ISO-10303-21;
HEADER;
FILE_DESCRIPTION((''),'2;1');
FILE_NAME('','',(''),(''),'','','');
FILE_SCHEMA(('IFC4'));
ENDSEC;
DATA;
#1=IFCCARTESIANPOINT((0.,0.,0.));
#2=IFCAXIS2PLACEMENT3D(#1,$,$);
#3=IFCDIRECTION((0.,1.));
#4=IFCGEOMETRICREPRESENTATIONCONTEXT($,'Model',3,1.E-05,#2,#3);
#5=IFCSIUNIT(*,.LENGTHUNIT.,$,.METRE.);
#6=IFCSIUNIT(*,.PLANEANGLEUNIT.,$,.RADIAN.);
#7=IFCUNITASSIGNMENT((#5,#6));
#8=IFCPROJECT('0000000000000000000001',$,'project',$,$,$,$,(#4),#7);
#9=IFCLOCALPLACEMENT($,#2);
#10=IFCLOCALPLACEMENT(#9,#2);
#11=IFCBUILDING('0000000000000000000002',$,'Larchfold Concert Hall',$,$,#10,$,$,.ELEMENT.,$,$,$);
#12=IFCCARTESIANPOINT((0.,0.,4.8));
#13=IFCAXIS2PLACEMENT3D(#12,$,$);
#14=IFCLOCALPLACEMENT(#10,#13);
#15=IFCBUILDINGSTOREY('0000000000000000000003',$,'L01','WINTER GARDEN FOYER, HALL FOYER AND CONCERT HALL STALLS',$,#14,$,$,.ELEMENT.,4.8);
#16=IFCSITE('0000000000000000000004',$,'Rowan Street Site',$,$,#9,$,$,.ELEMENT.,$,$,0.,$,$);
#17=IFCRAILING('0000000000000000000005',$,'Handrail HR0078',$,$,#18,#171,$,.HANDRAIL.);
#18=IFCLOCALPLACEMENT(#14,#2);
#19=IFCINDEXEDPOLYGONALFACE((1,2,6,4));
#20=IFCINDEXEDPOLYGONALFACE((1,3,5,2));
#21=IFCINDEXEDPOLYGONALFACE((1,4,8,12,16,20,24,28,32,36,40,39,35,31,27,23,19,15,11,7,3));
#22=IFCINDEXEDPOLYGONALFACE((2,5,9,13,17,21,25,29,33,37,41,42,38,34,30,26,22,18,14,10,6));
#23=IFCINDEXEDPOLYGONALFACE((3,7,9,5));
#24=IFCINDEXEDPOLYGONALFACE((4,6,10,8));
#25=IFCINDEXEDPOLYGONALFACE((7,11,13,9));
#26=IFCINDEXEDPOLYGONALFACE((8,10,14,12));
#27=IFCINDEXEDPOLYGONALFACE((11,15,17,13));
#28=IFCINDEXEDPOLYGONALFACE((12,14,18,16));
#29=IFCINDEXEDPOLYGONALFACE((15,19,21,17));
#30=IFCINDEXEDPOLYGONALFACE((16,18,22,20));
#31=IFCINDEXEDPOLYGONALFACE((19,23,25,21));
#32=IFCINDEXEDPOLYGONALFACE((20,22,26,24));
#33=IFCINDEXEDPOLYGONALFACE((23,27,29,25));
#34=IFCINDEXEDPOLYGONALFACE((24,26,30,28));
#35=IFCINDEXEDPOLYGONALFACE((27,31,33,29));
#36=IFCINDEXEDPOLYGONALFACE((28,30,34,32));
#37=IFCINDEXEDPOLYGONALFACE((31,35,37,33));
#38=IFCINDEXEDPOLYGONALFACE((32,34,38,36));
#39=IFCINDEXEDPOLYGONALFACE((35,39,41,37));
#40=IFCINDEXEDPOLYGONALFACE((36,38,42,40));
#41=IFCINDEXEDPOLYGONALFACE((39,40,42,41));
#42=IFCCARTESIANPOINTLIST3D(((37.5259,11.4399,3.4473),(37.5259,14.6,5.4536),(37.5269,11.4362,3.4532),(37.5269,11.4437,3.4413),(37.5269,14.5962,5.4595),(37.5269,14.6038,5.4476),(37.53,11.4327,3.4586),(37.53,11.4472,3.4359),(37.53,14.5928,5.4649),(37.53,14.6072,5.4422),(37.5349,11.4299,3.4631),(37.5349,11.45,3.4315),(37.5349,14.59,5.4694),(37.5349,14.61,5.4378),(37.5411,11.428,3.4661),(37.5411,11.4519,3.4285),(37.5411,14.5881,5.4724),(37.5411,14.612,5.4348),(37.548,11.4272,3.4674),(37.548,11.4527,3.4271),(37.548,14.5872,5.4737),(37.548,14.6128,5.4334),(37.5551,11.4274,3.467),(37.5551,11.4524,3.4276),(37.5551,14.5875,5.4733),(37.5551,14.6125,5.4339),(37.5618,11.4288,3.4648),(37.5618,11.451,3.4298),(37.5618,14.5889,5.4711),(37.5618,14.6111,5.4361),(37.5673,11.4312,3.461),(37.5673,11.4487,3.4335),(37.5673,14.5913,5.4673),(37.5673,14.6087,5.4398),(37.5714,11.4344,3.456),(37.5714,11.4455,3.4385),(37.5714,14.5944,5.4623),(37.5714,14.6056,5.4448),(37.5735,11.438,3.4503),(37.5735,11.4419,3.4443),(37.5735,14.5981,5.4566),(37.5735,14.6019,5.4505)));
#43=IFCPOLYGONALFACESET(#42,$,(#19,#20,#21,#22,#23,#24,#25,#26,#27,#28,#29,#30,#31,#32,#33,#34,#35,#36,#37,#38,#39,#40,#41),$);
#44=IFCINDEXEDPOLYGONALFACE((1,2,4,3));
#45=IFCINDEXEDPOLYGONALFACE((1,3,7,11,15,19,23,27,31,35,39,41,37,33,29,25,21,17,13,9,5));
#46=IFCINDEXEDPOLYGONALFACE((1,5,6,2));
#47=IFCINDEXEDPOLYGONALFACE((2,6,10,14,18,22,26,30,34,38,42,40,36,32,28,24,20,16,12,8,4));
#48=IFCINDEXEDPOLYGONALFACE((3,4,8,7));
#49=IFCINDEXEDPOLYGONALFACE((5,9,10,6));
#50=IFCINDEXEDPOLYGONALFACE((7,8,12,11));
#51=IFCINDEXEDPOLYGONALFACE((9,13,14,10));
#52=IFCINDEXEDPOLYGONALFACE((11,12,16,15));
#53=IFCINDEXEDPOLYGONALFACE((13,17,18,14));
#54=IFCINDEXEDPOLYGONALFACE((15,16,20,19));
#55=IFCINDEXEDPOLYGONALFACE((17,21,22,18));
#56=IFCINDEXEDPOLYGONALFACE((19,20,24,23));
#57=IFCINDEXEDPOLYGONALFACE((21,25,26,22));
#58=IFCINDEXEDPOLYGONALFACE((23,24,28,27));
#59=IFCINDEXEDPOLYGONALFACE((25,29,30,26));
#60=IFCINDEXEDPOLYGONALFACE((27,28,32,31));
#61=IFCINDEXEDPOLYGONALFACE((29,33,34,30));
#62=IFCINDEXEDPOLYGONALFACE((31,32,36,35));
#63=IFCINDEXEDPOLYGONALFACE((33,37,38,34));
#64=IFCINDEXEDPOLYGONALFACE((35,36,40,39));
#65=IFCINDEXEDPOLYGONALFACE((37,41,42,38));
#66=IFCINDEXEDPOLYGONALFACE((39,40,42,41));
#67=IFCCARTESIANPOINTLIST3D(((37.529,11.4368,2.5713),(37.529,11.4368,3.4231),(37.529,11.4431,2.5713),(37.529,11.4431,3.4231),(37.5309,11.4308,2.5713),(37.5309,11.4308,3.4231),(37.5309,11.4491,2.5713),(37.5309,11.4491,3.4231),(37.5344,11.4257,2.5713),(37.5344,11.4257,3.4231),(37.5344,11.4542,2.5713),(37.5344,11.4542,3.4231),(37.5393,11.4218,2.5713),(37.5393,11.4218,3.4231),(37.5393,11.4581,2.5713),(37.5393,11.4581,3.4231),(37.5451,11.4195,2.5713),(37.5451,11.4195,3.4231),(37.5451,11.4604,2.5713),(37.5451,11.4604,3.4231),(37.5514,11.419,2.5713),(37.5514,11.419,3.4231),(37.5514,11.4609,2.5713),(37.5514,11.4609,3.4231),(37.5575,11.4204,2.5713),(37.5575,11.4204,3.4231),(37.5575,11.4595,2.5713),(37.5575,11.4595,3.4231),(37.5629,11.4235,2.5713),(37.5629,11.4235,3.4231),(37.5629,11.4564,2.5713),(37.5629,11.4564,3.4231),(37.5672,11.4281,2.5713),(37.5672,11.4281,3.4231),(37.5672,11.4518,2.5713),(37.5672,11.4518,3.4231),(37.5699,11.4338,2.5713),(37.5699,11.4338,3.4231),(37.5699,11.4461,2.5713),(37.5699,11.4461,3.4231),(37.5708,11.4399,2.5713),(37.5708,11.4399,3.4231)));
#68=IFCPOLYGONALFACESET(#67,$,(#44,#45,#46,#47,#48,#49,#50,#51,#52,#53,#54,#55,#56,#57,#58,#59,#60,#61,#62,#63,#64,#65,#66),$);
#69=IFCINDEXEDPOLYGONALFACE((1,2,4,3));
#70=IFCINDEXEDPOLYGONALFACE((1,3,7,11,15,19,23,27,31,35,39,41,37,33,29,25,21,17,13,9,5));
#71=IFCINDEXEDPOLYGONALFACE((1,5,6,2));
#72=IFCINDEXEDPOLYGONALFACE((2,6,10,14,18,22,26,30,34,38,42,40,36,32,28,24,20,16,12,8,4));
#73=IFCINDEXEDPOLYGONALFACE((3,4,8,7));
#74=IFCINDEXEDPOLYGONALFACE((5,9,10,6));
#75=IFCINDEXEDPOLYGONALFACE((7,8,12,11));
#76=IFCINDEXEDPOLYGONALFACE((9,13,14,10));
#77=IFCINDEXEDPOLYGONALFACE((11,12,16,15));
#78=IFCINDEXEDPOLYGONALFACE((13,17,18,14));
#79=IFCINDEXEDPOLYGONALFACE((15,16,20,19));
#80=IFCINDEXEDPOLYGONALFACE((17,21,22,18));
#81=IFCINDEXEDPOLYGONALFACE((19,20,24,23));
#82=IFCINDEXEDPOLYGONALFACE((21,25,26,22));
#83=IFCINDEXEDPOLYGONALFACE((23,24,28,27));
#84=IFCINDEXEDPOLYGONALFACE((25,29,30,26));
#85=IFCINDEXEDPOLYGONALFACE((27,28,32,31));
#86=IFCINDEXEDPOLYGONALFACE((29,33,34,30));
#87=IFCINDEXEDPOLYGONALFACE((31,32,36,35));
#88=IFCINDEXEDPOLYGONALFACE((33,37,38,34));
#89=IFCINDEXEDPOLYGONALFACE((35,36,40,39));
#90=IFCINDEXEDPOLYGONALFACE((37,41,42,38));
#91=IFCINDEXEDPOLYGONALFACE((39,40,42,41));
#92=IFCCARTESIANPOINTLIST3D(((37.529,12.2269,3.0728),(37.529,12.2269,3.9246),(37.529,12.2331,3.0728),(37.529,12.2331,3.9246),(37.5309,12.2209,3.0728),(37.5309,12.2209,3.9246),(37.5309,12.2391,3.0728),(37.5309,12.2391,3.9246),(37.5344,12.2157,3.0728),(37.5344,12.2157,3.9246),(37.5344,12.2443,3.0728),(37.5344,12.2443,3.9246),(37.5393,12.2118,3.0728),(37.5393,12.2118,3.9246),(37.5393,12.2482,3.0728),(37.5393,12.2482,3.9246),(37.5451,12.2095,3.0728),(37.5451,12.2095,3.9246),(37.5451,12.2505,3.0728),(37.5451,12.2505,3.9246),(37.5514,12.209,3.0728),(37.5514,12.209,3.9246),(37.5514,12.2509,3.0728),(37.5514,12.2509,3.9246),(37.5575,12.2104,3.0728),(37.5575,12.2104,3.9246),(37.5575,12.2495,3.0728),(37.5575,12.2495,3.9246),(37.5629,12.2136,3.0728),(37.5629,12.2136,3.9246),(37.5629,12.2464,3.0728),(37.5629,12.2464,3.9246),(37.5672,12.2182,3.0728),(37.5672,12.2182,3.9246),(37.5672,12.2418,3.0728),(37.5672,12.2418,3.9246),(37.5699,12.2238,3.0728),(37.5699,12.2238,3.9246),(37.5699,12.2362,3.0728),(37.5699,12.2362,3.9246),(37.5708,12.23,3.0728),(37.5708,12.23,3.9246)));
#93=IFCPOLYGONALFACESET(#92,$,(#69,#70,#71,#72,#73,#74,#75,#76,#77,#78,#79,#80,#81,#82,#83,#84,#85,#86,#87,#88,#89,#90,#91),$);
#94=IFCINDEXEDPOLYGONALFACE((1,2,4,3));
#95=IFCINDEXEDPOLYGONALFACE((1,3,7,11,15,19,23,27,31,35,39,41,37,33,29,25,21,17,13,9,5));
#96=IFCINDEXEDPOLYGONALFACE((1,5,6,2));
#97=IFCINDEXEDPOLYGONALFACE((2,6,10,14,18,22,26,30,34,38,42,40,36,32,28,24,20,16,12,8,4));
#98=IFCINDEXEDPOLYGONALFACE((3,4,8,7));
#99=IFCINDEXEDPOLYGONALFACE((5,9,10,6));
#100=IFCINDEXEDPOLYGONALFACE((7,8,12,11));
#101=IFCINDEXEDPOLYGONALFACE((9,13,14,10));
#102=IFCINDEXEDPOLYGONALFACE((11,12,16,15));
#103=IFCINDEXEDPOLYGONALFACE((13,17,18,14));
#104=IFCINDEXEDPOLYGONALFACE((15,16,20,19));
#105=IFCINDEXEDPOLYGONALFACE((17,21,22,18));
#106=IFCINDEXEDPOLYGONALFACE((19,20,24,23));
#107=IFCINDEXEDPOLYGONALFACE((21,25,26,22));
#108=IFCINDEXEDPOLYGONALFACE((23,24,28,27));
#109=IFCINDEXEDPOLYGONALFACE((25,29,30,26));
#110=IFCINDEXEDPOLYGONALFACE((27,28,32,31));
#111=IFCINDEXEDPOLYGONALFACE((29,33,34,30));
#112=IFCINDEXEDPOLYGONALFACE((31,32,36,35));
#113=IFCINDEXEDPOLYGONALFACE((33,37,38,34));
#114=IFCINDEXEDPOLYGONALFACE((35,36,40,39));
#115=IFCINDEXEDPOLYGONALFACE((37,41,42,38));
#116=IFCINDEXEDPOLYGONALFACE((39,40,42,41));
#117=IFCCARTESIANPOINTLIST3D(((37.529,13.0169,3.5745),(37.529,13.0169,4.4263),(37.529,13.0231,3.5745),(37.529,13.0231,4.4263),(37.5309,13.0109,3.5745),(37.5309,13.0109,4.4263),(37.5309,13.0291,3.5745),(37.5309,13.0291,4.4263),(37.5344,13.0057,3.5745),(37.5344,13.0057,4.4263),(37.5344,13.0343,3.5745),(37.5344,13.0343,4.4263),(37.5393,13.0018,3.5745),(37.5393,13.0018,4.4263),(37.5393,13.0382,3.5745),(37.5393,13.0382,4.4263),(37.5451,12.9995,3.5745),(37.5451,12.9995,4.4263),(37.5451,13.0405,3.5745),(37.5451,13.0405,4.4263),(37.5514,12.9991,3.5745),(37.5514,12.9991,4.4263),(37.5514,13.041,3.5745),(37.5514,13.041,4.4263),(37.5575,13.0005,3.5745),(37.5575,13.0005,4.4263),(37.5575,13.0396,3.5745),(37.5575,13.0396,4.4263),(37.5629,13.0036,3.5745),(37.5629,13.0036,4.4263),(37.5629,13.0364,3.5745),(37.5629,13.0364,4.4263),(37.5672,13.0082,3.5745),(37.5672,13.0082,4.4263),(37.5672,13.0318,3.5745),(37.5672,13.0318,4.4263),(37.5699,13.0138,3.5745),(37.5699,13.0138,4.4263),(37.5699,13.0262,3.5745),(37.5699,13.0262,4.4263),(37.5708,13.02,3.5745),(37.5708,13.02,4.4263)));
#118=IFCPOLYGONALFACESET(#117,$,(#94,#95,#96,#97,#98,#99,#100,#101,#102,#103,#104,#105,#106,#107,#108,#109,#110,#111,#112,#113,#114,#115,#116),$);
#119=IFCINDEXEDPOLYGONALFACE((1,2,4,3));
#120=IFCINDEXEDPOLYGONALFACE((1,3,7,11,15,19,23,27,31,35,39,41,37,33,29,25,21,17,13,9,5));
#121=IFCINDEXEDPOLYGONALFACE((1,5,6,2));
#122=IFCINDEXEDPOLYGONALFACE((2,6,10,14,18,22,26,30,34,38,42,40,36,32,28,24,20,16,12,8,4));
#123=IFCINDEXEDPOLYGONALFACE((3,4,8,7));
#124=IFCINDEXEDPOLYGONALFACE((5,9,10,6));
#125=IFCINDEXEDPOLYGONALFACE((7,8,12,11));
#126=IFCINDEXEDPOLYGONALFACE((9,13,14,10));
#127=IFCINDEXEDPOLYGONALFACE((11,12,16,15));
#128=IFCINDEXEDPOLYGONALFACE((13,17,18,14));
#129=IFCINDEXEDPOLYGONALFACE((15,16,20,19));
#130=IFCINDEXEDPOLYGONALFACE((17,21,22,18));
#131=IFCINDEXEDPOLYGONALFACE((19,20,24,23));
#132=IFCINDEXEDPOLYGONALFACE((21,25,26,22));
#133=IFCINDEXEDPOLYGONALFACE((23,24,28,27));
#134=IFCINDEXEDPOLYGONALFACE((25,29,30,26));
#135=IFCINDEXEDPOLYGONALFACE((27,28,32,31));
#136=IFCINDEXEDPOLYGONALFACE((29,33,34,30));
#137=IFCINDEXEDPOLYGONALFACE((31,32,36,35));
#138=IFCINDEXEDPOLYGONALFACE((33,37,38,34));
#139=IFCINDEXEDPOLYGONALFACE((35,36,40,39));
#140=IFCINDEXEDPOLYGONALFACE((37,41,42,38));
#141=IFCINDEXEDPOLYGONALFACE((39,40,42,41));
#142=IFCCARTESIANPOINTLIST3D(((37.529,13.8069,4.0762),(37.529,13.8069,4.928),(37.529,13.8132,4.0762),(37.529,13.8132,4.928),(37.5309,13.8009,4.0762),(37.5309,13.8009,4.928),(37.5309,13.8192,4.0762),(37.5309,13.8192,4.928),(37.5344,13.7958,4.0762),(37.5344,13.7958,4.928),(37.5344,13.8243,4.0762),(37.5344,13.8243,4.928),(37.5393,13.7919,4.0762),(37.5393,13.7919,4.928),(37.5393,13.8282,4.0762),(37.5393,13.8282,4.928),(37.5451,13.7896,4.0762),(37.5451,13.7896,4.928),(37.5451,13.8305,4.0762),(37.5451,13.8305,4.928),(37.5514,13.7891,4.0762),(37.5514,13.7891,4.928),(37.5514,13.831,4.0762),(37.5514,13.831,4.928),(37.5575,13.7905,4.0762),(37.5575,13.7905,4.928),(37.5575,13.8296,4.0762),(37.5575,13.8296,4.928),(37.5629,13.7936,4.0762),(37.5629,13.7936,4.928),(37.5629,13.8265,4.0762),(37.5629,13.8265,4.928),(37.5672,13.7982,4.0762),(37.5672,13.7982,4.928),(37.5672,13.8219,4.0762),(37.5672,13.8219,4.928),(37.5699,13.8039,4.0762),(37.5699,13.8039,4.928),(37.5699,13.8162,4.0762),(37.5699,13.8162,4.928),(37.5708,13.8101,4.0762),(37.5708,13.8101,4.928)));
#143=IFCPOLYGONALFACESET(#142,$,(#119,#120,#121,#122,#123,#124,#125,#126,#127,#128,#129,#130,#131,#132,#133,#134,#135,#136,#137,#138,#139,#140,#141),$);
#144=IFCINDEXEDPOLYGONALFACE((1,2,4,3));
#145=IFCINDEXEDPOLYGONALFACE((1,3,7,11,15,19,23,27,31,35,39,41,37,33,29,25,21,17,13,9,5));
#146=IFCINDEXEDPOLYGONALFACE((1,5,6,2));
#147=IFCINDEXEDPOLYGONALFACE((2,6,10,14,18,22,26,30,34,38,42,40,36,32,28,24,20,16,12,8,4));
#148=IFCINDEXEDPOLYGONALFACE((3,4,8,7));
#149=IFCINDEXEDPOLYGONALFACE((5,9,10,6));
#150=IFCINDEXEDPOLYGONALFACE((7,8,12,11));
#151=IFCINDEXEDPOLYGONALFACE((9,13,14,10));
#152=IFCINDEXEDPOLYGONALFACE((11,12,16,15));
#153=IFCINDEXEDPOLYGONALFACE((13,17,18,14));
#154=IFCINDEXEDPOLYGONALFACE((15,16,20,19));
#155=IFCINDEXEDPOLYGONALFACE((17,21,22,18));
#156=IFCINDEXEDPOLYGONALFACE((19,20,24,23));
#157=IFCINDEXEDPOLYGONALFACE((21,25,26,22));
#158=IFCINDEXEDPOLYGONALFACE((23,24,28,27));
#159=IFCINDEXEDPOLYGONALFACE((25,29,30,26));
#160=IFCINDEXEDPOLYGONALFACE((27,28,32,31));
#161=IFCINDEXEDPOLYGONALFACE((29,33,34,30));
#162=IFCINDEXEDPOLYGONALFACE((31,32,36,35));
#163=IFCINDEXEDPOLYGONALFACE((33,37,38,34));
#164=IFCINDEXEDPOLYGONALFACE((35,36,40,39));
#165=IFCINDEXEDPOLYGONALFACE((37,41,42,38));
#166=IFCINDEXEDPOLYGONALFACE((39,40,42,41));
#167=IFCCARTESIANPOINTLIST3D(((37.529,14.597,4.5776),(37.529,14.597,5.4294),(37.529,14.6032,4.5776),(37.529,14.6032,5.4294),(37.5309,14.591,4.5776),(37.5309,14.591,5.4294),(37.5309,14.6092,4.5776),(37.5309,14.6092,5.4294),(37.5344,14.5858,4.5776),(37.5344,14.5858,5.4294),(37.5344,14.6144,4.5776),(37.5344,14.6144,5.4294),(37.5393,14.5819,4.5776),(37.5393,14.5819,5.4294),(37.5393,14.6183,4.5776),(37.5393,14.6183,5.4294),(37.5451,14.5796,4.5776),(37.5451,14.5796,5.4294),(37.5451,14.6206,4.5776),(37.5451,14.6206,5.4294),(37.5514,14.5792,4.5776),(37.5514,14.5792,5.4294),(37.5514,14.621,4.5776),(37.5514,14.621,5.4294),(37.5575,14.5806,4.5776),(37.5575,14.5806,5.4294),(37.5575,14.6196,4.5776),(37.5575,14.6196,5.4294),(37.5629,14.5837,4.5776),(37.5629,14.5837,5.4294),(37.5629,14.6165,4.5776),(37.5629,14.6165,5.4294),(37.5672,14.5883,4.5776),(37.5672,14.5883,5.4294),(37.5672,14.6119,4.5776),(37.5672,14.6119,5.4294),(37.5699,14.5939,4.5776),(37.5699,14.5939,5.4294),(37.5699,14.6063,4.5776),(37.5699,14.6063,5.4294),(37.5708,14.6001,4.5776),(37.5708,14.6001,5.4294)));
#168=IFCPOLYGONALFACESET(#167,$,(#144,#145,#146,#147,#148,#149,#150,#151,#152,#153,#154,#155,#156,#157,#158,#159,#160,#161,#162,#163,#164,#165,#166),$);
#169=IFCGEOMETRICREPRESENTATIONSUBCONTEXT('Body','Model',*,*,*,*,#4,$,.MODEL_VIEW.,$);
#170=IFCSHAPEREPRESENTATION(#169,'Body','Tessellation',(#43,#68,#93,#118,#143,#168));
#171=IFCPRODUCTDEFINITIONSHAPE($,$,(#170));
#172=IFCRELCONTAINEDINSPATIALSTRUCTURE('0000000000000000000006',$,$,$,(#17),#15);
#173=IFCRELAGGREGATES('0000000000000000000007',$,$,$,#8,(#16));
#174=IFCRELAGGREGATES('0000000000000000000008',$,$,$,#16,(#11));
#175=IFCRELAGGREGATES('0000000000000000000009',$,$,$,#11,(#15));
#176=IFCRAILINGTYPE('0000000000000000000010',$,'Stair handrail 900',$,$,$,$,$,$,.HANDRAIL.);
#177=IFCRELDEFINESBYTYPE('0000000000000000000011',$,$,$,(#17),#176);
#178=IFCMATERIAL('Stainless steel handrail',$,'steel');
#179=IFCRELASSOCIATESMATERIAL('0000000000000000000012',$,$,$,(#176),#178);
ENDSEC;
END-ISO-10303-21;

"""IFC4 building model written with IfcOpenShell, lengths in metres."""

from ifc_helpers import new_model, si_unit, direction, frame, origin, origin_2d, place, context, subcontext, project, spatial, circle, extrude, material, type_object, element, save


model = new_model("IFC4")

# Units and contexts
model_context = context("Model", 3, precision=1e-05, world=origin(), true_north=direction((0.0, 1.0)))
body_context = subcontext(model_context, "Body", "Model", "MODEL_VIEW")
ifc_project = project(units=[si_unit("LENGTHUNIT", "METRE"), si_unit("PLANEANGLEUNIT", "RADIAN")], contexts=[model_context])

# Site, building, storey
site_placement = place(None, origin())
site = spatial("IfcSite", under=ifc_project, at=site_placement, Name="Rowan Street Site", CompositionType="ELEMENT", RefElevation=0.0)
building_placement = place(site_placement, origin())
building = spatial("IfcBuilding", under=site, at=building_placement, Name="Larchfold Concert Hall", CompositionType="ELEMENT")
storey_placement = place(building_placement, frame((0.0, 0.0, 4.8)))
storey = spatial("IfcBuildingStorey", under=building, at=storey_placement, Name="L01", Description="WINTER GARDEN FOYER, HALL FOYER AND CONCERT HALL STALLS", CompositionType="ELEMENT", Elevation=4.8)

# Railing
ifc_material_1 = material(Name="Stainless steel handrail", Category="steel")
railing_type_1 = type_object("IfcRailingType", Name="Stair handrail 900", PredefinedType="HANDRAIL", material=ifc_material_1)
railing_1_placement = place(storey_placement, frame((37.5498, 11.4399, 2.5713)))
element("IfcRailing", 1, at=railing_1_placement, inside=storey, type_object=railing_type_1, Name="Handrail HR0078", PredefinedType="HANDRAIL", context=body_context, shape_type="SweptSolid", body=[
    extrude(circle(Radius=0.0239, at=origin_2d()), frame((0.0, 0.0, 0.876), z_axis=(0.0, 0.844225, 0.535989), x_axis=(-1.0, 0.0, 0.0)), (0.0, 0.0, 1.0), 3.7432),
    extrude(circle(Radius=0.021, at=origin_2d()), origin(), (0.0, 0.0, 1.0), 0.8518),
    extrude(circle(Radius=0.021, at=origin_2d()), frame((0.0, 0.79, 0.5015)), (0.0, 0.0, 1.0), 0.8518),
    extrude(circle(Radius=0.021, at=origin_2d()), frame((0.0, 1.5801, 1.0032)), (0.0, 0.0, 1.0), 0.8518),
    extrude(circle(Radius=0.021, at=origin_2d()), frame((0.0, 2.3701, 1.5049)), (0.0, 0.0, 1.0), 0.8518),
    extrude(circle(Radius=0.021, at=origin_2d()), frame((0.0, 3.1602, 2.0063)), (0.0, 0.0, 1.0), 0.8518),
])

save(model, "model.ifc")
